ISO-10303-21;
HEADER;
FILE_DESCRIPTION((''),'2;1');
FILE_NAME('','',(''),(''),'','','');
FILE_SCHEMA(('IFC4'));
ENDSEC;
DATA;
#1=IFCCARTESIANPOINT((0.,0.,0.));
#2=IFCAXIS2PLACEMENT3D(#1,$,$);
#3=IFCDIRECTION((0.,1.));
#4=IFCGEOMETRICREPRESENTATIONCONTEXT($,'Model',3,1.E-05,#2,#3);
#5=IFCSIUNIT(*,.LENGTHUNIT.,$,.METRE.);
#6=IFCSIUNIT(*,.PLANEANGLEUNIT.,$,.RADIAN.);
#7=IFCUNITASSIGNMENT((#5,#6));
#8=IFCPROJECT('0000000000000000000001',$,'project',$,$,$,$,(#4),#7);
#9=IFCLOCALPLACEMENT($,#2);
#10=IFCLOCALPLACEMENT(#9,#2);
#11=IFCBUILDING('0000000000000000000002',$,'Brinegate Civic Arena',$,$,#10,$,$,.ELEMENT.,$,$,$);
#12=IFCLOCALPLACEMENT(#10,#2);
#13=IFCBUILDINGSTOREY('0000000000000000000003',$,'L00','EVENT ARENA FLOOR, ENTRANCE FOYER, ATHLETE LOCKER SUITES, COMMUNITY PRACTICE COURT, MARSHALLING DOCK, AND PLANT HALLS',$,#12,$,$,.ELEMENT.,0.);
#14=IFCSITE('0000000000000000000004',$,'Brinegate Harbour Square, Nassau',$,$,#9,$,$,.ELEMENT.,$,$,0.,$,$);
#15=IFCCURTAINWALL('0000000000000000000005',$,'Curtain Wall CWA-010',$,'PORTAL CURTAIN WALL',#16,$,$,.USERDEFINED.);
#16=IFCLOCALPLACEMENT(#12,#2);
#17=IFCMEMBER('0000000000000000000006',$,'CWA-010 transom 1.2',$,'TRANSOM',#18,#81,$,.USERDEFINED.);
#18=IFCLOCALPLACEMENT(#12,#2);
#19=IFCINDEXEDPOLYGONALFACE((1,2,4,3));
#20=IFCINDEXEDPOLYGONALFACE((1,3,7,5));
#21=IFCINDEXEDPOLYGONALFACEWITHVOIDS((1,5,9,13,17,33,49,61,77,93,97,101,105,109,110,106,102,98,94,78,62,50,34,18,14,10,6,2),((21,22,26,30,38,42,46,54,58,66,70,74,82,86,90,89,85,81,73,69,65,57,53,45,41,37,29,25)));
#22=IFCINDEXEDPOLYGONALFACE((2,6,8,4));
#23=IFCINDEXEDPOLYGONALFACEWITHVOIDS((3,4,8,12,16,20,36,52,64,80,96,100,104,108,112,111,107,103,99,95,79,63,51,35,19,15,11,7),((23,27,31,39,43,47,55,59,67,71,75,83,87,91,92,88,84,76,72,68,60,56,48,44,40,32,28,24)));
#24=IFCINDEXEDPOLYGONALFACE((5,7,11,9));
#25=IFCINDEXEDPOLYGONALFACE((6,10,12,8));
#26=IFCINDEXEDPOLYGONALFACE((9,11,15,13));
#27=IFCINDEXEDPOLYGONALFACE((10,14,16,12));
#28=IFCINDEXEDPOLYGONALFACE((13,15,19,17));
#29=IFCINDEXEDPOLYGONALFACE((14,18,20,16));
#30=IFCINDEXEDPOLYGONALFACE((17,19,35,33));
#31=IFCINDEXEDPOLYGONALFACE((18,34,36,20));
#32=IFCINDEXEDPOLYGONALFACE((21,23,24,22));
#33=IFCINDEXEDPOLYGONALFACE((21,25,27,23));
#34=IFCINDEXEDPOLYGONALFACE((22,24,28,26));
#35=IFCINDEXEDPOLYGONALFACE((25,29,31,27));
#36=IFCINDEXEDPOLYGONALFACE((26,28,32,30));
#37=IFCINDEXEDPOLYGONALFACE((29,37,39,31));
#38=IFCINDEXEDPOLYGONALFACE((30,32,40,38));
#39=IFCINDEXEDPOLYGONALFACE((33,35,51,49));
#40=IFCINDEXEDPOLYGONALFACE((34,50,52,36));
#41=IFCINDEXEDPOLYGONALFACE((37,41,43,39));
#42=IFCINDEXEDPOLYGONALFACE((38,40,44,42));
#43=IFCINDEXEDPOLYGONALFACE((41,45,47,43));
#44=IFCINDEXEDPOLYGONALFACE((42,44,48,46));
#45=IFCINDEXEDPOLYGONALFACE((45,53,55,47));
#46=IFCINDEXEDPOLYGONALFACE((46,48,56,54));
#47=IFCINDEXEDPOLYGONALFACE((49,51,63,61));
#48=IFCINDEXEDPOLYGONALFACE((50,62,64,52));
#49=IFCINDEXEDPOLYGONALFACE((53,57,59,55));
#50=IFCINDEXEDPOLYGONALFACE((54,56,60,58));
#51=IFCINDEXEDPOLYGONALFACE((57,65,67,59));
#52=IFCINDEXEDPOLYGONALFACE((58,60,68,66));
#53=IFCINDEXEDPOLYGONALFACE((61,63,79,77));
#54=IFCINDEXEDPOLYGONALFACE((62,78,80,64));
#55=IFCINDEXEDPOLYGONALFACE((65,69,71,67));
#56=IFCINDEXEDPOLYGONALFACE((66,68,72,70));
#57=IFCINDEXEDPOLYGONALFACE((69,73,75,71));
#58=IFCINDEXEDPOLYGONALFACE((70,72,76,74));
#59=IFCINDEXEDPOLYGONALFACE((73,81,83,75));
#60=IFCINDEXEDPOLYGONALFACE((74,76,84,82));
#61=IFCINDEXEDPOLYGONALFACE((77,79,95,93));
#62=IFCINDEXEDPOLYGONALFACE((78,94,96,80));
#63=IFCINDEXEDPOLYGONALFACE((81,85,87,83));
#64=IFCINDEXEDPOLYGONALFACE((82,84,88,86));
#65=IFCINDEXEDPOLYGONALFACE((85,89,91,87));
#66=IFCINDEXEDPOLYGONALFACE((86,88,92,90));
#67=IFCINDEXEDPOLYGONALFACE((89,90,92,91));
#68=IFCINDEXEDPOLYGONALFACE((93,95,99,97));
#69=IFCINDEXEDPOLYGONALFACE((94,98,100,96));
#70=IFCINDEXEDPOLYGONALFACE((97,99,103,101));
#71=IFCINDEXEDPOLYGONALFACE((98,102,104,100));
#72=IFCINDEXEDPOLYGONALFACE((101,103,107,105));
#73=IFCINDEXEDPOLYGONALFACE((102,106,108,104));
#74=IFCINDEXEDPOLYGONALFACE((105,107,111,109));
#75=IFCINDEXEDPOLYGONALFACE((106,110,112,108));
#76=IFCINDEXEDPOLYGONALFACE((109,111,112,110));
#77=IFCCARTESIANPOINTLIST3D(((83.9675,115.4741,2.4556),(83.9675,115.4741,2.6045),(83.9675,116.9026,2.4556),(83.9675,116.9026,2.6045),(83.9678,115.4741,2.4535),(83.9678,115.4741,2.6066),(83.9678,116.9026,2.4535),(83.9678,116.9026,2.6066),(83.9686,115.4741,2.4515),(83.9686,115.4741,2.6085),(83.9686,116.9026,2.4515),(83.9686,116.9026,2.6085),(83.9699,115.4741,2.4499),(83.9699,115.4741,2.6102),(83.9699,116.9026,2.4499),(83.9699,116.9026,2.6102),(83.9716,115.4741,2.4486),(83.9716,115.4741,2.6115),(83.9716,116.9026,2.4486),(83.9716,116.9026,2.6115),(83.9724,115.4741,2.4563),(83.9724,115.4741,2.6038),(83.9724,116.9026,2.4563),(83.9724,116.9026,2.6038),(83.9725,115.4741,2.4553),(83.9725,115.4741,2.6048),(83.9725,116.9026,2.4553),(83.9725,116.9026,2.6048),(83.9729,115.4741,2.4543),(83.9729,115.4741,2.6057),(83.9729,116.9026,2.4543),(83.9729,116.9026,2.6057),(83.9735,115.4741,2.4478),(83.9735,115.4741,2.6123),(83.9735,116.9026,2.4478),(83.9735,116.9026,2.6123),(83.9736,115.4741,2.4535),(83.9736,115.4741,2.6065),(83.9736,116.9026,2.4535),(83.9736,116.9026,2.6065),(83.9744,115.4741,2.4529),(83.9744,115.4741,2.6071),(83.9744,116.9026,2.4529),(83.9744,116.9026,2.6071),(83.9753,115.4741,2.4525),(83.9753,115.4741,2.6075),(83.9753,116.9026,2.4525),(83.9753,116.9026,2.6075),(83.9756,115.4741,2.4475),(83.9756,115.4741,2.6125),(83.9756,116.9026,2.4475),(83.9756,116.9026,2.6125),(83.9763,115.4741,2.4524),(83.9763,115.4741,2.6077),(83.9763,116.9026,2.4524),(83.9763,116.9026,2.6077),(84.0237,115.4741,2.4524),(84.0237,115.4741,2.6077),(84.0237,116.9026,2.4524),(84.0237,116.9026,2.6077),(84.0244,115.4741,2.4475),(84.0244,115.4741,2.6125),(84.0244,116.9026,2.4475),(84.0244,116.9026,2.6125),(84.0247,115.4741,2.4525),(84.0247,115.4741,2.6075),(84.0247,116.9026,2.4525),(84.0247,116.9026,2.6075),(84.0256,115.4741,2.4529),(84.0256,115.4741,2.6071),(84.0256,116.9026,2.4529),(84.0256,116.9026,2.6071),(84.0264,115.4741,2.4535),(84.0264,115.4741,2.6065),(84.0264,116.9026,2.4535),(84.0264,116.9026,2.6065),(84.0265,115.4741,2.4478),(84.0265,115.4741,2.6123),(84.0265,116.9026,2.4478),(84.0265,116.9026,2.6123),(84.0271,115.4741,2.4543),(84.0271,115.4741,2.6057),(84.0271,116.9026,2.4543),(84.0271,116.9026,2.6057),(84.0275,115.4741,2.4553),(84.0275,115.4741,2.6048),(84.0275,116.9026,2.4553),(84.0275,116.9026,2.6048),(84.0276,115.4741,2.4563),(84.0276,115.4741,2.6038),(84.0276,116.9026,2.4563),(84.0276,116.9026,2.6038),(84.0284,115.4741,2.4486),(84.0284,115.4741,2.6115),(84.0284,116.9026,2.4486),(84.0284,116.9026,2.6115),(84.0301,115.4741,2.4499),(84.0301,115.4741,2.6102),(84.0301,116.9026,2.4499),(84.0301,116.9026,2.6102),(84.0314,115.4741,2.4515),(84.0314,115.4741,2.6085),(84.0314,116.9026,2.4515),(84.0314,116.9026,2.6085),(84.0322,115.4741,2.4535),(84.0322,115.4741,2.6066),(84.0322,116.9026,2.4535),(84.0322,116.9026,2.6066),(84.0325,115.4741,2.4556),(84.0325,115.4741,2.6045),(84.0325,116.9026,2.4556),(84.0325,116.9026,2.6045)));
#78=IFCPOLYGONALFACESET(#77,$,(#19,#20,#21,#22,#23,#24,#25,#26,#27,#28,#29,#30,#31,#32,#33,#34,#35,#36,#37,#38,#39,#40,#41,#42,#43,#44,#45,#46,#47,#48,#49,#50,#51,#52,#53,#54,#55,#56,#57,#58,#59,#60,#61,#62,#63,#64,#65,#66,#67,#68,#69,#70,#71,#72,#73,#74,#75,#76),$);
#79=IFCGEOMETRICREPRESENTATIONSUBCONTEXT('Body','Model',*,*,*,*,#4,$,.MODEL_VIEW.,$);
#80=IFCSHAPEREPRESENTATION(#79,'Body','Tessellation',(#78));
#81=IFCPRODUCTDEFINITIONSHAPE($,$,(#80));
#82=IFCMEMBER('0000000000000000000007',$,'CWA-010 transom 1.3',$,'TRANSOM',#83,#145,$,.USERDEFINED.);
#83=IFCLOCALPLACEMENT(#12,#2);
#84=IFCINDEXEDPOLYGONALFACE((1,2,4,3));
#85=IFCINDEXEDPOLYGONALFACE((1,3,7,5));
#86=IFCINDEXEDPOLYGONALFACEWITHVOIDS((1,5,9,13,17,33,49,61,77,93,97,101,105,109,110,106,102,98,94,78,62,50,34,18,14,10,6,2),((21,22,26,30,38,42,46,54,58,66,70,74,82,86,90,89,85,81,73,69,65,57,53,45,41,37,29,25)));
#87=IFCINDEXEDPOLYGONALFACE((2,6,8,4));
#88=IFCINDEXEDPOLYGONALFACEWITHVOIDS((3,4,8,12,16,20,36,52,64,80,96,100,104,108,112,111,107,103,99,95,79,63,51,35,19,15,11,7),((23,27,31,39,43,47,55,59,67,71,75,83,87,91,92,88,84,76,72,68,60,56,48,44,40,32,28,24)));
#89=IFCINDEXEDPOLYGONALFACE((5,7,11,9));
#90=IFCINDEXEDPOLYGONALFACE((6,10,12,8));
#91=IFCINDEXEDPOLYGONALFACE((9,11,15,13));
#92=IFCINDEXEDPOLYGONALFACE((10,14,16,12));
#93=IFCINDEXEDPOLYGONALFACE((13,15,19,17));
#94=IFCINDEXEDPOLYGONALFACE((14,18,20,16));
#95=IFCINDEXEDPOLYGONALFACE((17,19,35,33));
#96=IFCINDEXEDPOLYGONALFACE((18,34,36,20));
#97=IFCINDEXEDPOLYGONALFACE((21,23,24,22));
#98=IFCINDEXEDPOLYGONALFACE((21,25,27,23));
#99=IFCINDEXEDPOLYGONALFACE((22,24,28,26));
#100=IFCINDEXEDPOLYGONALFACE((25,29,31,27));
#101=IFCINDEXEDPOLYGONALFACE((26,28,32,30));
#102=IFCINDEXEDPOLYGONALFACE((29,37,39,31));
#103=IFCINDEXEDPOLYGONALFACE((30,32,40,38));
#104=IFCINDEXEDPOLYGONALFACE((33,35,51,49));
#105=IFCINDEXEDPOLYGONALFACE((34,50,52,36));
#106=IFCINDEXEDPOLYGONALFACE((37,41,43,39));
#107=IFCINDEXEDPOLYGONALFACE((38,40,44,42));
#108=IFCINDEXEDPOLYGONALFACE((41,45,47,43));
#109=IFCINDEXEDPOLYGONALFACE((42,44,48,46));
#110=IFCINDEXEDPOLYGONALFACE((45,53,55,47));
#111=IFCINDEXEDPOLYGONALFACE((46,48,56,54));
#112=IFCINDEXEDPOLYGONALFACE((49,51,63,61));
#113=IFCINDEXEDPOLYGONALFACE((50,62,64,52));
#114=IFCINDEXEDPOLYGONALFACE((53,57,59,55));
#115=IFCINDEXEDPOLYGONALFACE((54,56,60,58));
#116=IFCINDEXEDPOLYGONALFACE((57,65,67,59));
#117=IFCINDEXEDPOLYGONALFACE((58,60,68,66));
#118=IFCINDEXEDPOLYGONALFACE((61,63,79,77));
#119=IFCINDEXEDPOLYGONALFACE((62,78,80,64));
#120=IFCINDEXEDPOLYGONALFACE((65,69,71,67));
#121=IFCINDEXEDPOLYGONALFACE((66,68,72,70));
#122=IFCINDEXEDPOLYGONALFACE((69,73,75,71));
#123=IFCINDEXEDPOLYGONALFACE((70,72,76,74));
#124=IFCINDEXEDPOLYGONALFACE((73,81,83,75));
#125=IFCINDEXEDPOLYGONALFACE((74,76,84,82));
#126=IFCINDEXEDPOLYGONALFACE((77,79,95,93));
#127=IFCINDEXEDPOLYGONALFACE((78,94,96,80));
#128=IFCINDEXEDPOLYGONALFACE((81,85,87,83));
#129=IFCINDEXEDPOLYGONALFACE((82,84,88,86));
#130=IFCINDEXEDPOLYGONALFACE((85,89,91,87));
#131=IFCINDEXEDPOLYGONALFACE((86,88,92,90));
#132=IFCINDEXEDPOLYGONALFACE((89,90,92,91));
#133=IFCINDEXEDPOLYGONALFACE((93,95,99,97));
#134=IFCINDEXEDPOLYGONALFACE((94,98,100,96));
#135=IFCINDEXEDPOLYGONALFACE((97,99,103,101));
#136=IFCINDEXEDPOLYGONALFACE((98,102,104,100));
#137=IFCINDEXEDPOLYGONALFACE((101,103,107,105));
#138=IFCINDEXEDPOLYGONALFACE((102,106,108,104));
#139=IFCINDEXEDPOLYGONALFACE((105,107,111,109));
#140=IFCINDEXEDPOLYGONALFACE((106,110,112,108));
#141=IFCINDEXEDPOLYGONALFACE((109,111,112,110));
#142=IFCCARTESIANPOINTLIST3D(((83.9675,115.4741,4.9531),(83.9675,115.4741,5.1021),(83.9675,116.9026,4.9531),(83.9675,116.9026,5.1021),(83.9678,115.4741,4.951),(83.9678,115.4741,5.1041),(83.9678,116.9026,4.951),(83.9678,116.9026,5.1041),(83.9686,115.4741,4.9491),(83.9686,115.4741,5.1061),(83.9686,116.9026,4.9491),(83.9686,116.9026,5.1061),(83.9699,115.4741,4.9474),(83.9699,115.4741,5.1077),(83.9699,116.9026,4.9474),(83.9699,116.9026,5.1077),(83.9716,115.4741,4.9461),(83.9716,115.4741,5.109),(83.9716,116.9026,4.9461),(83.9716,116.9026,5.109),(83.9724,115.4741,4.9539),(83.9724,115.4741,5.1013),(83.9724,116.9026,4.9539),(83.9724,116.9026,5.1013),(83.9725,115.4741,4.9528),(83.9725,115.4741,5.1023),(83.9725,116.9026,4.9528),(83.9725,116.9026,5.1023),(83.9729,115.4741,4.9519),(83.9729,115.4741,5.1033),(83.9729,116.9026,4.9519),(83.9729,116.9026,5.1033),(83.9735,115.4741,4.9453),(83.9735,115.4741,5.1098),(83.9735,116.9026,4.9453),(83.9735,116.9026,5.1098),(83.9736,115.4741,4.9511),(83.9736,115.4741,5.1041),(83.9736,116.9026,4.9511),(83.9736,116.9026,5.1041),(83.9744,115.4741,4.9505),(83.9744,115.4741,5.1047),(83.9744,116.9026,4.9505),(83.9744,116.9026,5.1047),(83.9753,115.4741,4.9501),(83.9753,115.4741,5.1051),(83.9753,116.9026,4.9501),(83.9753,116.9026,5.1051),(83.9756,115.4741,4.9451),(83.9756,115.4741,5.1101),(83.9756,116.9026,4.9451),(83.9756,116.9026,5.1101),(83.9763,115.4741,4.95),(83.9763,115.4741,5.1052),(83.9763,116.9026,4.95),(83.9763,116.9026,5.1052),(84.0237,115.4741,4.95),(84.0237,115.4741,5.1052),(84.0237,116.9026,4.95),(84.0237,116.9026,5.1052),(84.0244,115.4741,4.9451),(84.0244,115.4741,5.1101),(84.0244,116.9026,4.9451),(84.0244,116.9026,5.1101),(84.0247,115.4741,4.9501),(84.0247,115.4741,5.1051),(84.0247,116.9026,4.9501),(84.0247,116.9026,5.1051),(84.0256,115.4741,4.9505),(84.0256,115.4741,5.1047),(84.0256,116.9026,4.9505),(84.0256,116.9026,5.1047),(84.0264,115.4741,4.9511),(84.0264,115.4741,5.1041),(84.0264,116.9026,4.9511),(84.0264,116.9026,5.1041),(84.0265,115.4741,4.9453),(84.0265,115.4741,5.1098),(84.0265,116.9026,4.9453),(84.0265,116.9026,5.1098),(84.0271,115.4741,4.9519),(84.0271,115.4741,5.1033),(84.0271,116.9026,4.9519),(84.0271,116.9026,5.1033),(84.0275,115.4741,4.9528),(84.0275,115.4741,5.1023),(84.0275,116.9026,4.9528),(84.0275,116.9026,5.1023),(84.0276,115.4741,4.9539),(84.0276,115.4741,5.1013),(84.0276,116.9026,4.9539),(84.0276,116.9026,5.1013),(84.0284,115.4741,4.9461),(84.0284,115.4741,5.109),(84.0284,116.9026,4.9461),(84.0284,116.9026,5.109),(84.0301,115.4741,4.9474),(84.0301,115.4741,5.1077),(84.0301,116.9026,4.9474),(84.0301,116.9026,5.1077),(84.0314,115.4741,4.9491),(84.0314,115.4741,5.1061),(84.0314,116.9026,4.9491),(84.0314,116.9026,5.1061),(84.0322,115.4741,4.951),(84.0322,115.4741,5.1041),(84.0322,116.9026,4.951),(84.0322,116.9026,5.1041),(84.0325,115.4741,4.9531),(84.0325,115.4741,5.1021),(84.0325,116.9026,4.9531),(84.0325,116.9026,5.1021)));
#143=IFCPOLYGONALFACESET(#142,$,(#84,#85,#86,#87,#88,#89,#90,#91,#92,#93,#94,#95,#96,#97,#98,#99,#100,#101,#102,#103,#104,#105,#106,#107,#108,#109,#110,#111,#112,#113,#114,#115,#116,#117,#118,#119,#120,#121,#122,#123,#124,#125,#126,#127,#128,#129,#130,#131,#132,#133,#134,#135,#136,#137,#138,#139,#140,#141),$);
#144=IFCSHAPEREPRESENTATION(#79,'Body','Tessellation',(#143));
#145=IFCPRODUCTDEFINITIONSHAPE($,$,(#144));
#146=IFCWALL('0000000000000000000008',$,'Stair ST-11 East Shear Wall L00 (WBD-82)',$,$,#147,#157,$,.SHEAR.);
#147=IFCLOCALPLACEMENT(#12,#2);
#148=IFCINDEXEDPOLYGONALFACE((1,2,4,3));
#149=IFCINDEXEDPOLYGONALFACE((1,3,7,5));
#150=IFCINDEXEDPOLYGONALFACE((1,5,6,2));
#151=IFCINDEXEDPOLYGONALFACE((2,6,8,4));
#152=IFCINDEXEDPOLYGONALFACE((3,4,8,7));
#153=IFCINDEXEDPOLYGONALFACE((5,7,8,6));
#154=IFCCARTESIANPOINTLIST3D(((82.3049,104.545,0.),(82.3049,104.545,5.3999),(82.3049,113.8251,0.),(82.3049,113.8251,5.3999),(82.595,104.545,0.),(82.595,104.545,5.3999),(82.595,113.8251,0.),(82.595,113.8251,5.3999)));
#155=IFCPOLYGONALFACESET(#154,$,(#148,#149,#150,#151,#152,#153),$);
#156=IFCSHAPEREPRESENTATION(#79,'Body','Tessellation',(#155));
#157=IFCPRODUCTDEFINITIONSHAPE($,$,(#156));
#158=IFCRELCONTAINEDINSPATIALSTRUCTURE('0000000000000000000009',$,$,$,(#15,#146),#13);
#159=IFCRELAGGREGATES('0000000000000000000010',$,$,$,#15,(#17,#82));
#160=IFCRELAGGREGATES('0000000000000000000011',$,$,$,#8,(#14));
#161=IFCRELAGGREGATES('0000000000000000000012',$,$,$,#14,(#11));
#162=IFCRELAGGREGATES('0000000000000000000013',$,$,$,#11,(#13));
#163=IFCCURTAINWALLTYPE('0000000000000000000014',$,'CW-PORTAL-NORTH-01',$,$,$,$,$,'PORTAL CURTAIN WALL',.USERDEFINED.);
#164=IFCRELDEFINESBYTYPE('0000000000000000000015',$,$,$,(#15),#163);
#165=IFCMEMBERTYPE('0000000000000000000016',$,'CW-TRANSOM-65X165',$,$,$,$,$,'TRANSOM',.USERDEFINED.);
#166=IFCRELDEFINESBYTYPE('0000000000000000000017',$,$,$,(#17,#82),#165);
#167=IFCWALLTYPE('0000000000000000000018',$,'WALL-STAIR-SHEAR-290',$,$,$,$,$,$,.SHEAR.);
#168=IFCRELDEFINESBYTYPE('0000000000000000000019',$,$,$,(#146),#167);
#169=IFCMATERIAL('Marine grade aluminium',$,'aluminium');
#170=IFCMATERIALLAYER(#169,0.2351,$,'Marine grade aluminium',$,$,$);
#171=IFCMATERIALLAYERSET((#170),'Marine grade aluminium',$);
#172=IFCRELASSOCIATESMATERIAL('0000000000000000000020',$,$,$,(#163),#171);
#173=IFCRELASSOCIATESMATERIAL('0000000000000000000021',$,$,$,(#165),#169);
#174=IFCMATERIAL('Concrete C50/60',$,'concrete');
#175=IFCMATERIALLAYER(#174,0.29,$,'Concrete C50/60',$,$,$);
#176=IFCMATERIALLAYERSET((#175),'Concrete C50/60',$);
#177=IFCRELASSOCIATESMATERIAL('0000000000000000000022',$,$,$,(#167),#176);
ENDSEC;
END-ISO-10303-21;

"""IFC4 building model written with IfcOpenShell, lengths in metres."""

from ifc_helpers import new_model, si_unit, direction, frame, frame_2d, origin, origin_2d, place, context, subcontext, project, spatial, rectangle, hollow_rectangle, extrude, material, layer, layer_set, material_profile, profile_set, type_object, element, aggregate, save


model = new_model("IFC4")

# Units and contexts
model_context = context("Model", 3, precision=1e-05, world=origin(), true_north=direction((0.0, 1.0)))
body_context = subcontext(model_context, "Body", "Model", "MODEL_VIEW")
ifc_project = project(units=[si_unit("LENGTHUNIT", "METRE"), si_unit("PLANEANGLEUNIT", "RADIAN")], contexts=[model_context])

# Site, building, storey
site_placement = place(None, origin())
site = spatial("IfcSite", under=ifc_project, at=site_placement, Name="Brinegate Harbour Square, Nassau", CompositionType="ELEMENT", RefElevation=0.0)
building_placement = place(site_placement, origin())
building = spatial("IfcBuilding", under=site, at=building_placement, Name="Brinegate Civic Arena", CompositionType="ELEMENT")
storey_placement = place(building_placement, origin())
storey = spatial("IfcBuildingStorey", under=building, at=storey_placement, Name="L00", Description="EVENT ARENA FLOOR, ENTRANCE FOYER, ATHLETE LOCKER SUITES, COMMUNITY PRACTICE COURT, MARSHALLING DOCK, AND PLANT HALLS", CompositionType="ELEMENT", Elevation=0.0)

# Shared definitions
ifc_material_1 = material(Name="Concrete C50/60", Category="concrete")

# Curtain wall, members
ifc_material_2 = material(Name="Marine grade aluminium", Category="aluminium")
ifc_layer_1 = layer(ifc_material_2, 0.2351, Name="Marine grade aluminium")
ifc_layer_set_1 = layer_set([ifc_layer_1], Name="Marine grade aluminium")
curtain_wall_type = type_object("IfcCurtainWallType", Name="CW-PORTAL-NORTH-01", ElementType="PORTAL CURTAIN WALL", PredefinedType="USERDEFINED", material=ifc_layer_set_1)
curtain_wall_placement = place(storey_placement, origin())
curtain_wall = element("IfcCurtainWall", 1, at=curtain_wall_placement, inside=storey, type_object=curtain_wall_type, Name="Curtain Wall CWA-010", ObjectType="PORTAL CURTAIN WALL", PredefinedType="USERDEFINED")
ifc_material_profile_1 = material_profile(ifc_material_2, hollow_rectangle(XDim=0.0649, YDim=0.165, WallThickness=0.0049, InnerFilletRadius=0.0039, OuterFilletRadius=0.0081, at=origin_2d()), Name="TRN65X165")
ifc_profile_set_1 = profile_set([ifc_material_profile_1], Name="Marine grade aluminium")
member_type_1 = type_object("IfcMemberType", Name="CW-TRANSOM-65X165", ElementType="TRANSOM", PredefinedType="USERDEFINED", material=ifc_profile_set_1)
member_1_placement = place(storey_placement, frame((84.0, 115.4741, 2.53), z_axis=(0.0, 1.0, 0.0), x_axis=(-1.0, 0.0, 0.0)))
member_1 = element("IfcMember", 2, at=member_1_placement, type_object=member_type_1, Name="CWA-010 transom 1.2", ObjectType="TRANSOM", PredefinedType="USERDEFINED", context=body_context, shape_type="SweptSolid", body=[
    extrude(hollow_rectangle(XDim=0.0649, YDim=0.165, WallThickness=0.0049, InnerFilletRadius=0.0039, OuterFilletRadius=0.0081, at=origin_2d()), origin(), (0.0, 0.0, 1.0), 1.4285),
])
member_2_placement = place(storey_placement, frame((84.0, 115.4741, 5.0276), z_axis=(0.0, 1.0, 0.0), x_axis=(-1.0, 0.0, 0.0)))
member_2 = element("IfcMember", 3, at=member_2_placement, type_object=member_type_1, Name="CWA-010 transom 1.3", ObjectType="TRANSOM", PredefinedType="USERDEFINED", context=body_context, shape_type="SweptSolid", body=[
    extrude(hollow_rectangle(XDim=0.0649, YDim=0.165, WallThickness=0.0049, InnerFilletRadius=0.0039, OuterFilletRadius=0.0081, at=origin_2d()), origin(), (0.0, 0.0, 1.0), 1.4285),
])
aggregate(curtain_wall, [member_1, member_2])

# Wall
ifc_layer_2 = layer(ifc_material_1, 0.29, Name="Concrete C50/60")
ifc_layer_set_2 = layer_set([ifc_layer_2], Name="Concrete C50/60")
wall_type = type_object("IfcWallType", Name="WALL-STAIR-SHEAR-290", PredefinedType="SHEAR", material=ifc_layer_set_2)
wall_placement = place(storey_placement, frame((82.45, 104.5449, 0.0), z_axis=(0.0, 0.0, 1.0), x_axis=(0.0, 1.0, 0.0)))
element("IfcWall", 4, at=wall_placement, inside=storey, type_object=wall_type, Name="Stair ST-11 East Shear Wall L00 (WBD-82)", PredefinedType="SHEAR", context=body_context, shape_type="SweptSolid", body=[
    extrude(rectangle(XDim=9.28, YDim=0.29, at=frame_2d((4.6401, 0.0))), origin(), (0.0, 0.0, 1.0), 5.3999),
])

save(model, "model.ifc")
